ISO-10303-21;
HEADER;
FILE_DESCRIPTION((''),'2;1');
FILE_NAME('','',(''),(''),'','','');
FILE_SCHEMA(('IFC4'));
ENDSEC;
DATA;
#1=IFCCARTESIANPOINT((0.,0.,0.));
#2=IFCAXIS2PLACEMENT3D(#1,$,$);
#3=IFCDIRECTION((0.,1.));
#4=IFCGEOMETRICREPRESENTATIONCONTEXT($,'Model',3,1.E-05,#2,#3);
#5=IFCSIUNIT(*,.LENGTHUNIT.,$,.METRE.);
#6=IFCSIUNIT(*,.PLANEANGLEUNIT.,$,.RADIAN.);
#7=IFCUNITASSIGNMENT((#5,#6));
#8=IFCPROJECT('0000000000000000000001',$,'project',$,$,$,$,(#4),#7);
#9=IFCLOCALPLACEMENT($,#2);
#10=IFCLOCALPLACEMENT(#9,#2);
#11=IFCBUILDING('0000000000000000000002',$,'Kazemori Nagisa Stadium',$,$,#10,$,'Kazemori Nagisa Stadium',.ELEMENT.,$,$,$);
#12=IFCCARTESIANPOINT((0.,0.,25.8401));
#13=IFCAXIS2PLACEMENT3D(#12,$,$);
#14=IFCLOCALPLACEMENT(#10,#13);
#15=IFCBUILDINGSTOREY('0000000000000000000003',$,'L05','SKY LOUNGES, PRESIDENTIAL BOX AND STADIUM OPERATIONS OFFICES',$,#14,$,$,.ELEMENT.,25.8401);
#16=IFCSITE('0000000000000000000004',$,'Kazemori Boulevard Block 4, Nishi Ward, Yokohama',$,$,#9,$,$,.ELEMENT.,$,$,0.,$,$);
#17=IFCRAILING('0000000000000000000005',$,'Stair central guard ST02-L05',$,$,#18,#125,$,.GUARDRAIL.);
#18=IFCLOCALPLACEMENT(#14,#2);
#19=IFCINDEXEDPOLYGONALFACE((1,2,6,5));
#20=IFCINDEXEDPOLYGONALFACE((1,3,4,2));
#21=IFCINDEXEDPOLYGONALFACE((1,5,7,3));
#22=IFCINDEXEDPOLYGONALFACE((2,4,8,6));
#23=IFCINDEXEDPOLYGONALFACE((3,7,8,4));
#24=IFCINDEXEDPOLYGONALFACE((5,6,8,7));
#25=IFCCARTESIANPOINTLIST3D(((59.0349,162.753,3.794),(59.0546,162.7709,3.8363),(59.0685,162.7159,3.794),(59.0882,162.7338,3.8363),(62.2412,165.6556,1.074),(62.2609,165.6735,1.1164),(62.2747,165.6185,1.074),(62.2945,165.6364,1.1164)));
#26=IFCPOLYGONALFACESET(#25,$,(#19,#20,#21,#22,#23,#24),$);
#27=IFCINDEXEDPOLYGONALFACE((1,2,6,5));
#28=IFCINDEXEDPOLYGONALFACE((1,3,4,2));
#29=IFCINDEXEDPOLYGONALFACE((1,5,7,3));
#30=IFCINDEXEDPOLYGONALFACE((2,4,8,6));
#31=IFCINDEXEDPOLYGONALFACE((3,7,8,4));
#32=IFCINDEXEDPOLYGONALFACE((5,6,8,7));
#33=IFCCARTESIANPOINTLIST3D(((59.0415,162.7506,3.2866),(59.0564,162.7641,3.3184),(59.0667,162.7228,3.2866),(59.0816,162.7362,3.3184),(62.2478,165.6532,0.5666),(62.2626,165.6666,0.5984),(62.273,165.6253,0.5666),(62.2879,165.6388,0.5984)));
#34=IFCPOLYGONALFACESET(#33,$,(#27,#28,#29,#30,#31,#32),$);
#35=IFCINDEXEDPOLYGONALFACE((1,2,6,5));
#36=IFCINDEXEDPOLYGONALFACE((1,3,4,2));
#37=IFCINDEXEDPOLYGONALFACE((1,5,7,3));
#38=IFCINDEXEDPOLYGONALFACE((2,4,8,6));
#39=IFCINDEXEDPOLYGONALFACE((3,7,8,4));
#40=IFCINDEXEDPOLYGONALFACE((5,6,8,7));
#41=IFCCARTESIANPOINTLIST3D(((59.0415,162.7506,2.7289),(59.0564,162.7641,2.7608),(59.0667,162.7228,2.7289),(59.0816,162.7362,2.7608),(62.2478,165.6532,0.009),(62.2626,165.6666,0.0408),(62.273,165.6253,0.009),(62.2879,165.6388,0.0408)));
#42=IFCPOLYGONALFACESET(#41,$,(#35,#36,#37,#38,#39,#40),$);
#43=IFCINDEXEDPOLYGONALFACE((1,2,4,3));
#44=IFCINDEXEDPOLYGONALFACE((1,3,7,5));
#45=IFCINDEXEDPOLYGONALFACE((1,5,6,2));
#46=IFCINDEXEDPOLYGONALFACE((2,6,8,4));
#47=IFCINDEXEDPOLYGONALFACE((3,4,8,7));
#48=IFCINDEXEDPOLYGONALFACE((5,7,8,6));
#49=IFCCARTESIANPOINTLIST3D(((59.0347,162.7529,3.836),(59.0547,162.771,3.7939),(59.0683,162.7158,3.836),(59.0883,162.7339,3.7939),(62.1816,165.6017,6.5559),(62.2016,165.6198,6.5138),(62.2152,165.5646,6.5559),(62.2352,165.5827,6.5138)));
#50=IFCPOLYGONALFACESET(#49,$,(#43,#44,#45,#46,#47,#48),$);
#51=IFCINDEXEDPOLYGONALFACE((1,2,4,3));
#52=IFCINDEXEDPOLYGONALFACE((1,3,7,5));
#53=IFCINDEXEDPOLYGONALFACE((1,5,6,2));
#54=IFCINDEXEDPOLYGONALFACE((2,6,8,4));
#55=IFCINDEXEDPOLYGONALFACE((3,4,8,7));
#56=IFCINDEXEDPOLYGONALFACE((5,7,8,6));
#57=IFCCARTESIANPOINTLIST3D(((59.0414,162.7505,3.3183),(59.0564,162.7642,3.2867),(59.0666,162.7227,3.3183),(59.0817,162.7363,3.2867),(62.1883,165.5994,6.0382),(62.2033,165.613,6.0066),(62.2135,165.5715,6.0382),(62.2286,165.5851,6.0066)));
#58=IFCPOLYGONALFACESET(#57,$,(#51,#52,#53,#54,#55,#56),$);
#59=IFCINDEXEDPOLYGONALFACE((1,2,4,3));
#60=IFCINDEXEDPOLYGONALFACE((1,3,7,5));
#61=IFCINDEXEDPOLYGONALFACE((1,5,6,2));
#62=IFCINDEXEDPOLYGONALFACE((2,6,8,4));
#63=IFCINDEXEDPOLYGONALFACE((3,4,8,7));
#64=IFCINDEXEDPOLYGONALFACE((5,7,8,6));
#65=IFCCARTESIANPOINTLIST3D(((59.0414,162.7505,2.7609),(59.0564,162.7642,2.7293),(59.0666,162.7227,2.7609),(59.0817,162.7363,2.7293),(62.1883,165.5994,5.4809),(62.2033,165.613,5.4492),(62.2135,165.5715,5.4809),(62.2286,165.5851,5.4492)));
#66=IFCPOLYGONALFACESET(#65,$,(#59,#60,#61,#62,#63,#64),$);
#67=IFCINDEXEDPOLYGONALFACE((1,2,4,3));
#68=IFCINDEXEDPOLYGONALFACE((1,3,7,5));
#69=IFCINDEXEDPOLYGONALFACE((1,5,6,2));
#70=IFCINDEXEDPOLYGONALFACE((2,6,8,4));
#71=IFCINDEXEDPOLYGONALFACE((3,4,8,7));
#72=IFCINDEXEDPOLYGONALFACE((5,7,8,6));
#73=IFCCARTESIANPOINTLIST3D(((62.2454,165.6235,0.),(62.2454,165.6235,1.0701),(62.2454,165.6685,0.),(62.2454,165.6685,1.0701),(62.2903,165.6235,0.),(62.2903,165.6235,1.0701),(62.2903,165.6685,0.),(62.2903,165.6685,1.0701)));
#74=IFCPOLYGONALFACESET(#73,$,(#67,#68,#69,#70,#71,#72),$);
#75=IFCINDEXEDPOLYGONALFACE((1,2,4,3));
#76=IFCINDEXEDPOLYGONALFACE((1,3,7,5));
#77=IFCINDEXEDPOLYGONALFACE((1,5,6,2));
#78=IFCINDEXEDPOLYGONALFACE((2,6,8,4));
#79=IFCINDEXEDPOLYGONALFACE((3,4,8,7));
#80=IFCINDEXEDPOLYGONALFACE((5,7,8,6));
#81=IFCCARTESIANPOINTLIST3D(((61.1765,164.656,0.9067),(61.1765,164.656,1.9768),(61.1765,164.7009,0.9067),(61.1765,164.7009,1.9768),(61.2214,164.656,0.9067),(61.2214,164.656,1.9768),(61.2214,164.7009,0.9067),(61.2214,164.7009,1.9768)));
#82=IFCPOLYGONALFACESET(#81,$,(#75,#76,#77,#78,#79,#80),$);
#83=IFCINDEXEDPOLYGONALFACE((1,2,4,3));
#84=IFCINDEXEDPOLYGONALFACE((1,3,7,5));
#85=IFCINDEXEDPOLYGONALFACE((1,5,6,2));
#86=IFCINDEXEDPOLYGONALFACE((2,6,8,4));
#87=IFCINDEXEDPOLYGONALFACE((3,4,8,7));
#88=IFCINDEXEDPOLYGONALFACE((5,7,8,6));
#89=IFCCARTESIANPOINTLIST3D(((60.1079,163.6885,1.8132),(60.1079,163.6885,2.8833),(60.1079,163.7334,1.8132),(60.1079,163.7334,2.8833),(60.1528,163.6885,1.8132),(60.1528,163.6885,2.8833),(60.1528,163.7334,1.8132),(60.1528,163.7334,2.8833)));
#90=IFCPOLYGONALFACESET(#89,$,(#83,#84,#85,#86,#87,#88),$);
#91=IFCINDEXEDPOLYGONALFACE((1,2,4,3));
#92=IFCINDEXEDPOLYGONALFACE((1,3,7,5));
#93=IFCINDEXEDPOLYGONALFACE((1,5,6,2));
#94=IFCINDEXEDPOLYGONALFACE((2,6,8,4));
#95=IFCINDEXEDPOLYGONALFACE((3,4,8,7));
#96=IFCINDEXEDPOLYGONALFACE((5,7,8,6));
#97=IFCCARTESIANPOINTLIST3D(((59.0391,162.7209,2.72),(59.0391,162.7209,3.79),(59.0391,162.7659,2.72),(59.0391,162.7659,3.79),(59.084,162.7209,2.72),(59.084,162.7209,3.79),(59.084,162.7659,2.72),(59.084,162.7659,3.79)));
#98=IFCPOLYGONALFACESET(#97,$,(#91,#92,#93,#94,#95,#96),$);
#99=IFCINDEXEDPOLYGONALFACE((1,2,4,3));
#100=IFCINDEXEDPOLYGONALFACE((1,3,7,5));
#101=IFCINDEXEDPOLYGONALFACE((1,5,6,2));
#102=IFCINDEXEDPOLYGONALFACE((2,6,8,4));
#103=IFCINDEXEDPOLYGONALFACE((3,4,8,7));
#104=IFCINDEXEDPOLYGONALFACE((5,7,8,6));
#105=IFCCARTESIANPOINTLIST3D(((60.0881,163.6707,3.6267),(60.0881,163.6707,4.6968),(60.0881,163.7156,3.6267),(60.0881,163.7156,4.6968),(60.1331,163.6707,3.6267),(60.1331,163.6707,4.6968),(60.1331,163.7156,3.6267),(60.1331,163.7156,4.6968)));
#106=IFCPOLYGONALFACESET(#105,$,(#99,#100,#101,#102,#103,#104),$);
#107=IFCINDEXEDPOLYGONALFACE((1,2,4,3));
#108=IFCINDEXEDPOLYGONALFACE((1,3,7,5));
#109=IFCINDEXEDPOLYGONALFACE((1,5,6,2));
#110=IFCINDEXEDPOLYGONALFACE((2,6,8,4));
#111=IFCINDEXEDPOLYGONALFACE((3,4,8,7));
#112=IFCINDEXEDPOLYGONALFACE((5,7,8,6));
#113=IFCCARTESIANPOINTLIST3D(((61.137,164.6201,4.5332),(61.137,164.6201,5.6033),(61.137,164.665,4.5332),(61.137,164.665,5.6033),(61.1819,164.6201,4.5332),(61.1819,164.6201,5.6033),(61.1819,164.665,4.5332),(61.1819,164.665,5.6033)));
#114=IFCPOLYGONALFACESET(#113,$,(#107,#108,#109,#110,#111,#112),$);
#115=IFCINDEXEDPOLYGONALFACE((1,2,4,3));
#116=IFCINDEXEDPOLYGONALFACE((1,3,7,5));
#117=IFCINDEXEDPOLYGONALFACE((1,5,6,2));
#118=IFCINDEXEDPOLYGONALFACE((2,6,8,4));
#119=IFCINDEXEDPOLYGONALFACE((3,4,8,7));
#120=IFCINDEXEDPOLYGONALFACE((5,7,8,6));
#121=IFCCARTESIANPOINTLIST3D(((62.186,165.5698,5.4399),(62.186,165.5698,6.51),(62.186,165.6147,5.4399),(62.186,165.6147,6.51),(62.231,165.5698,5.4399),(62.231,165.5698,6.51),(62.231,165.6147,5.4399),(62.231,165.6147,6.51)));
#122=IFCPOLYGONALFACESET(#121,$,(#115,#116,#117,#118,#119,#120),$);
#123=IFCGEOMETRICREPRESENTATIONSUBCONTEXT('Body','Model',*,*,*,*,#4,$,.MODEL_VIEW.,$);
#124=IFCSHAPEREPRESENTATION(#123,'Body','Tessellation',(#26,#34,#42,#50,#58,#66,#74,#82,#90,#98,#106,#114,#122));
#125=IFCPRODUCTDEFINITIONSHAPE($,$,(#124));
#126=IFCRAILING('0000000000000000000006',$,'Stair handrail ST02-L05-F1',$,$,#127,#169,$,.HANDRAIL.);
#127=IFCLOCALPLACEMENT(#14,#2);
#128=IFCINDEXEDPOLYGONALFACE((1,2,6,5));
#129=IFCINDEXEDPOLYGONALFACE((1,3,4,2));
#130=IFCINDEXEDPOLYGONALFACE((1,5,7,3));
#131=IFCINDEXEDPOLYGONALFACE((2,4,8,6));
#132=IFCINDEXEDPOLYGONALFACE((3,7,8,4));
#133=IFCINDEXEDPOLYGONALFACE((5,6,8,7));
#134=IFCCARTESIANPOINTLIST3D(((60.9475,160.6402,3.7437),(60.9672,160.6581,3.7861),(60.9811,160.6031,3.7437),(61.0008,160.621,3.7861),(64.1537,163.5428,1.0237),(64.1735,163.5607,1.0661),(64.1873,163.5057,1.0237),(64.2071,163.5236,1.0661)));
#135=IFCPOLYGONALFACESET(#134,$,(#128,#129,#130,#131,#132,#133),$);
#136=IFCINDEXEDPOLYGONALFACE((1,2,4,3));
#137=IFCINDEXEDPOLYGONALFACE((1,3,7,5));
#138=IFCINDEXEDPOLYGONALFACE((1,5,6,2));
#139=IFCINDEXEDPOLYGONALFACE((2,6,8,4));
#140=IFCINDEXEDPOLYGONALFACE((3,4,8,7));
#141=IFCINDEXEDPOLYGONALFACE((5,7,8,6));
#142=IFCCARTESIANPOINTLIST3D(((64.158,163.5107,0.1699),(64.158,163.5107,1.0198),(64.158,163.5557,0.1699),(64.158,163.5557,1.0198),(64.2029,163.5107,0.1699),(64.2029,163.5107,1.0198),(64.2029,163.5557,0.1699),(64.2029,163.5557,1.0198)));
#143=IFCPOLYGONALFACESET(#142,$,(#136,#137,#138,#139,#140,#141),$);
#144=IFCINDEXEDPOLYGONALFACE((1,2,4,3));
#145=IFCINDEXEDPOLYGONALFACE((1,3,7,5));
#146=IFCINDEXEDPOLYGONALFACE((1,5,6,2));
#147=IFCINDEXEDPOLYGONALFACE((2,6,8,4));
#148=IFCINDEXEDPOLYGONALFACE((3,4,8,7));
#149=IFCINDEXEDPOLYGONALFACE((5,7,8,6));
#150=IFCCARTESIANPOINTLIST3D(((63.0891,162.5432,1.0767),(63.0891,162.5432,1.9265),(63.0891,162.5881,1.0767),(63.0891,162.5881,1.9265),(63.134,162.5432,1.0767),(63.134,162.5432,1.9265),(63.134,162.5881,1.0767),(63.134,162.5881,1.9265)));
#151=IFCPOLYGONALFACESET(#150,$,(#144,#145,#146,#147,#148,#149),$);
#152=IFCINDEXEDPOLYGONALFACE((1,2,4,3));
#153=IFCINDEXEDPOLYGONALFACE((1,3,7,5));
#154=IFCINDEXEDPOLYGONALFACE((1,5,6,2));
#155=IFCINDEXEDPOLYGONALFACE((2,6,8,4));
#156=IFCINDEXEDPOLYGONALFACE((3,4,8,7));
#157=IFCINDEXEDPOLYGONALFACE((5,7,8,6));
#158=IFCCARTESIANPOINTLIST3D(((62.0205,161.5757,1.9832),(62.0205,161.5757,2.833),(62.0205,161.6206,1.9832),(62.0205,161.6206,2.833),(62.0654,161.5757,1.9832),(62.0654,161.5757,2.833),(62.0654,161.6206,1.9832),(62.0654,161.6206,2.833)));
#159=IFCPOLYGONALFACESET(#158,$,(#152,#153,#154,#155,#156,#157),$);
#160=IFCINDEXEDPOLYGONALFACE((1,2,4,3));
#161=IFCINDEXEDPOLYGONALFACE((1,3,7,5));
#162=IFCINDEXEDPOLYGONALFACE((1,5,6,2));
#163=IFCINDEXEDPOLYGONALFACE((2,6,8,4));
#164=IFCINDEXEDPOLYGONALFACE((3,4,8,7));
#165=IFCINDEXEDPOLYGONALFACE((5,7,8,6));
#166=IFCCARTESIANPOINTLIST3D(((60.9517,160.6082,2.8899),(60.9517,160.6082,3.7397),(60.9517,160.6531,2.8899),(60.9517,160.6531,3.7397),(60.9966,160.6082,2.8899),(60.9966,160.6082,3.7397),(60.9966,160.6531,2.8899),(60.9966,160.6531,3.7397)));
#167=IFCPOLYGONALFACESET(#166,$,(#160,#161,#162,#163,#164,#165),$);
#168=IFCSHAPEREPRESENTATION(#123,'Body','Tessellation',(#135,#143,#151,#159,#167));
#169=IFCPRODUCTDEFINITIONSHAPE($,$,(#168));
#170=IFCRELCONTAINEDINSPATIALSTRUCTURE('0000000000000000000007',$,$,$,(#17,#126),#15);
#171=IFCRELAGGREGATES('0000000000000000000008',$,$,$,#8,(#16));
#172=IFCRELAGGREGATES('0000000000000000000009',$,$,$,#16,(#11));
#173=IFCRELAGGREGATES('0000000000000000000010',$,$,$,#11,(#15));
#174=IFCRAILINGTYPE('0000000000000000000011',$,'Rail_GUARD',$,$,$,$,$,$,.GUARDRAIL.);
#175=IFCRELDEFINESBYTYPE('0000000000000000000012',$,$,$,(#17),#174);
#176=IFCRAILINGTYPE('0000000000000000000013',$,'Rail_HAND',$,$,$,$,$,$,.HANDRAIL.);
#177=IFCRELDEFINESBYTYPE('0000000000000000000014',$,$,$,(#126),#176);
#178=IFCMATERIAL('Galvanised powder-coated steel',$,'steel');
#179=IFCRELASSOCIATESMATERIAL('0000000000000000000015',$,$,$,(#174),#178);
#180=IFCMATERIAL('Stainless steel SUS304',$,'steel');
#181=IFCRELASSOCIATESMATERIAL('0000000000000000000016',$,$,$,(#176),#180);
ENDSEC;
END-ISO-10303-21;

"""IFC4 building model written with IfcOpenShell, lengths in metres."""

from ifc_helpers import new_model, si_unit, direction, frame, origin, origin_2d, place, context, subcontext, project, spatial, rectangle, extrude, material, type_object, element, save


model = new_model("IFC4")

# Units and contexts
model_context = context("Model", 3, precision=1e-05, world=origin(), true_north=direction((0.0, 1.0)))
body_context = subcontext(model_context, "Body", "Model", "MODEL_VIEW")
ifc_project = project(units=[si_unit("LENGTHUNIT", "METRE"), si_unit("PLANEANGLEUNIT", "RADIAN")], contexts=[model_context])

# Site, building, storey
site_placement = place(None, origin())
site = spatial("IfcSite", under=ifc_project, at=site_placement, Name="Kazemori Boulevard Block 4, Nishi Ward, Yokohama", CompositionType="ELEMENT", RefElevation=0.0)
building_placement = place(site_placement, origin())
building = spatial("IfcBuilding", under=site, at=building_placement, Name="Kazemori Nagisa Stadium", LongName="Kazemori Nagisa Stadium", CompositionType="ELEMENT")
storey_placement = place(building_placement, frame((0.0, 0.0, 25.8401)))
storey = spatial("IfcBuildingStorey", under=building, at=storey_placement, Name="L05", Description="SKY LOUNGES, PRESIDENTIAL BOX AND STADIUM OPERATIONS OFFICES", CompositionType="ELEMENT", Elevation=25.8401)

# Railings
ifc_material_1 = material(Name="Galvanised powder-coated steel", Category="steel")
railing_type_1 = type_object("IfcRailingType", Name="Rail_GUARD", PredefinedType="GUARDRAIL", material=ifc_material_1)
railing_1_placement = place(storey_placement, frame((62.2678, 165.646, 0.0)))
element("IfcRailing", 1, at=railing_1_placement, inside=storey, type_object=railing_type_1, Name="Stair central guard ST02-L05", PredefinedType="GUARDRAIL", context=body_context, shape_type="SweptSolid", body=[
    extrude(rectangle(XDim=0.05, YDim=0.05, at=origin_2d()), frame((0.0, 0.0, 1.0952), z_axis=(-0.627558, -0.568113, 0.53237), x_axis=(0.671123, -0.741346, 0.0)), (0.0, 0.0, 1.0), 5.1091),
    extrude(rectangle(XDim=0.0376, YDim=0.0376, at=origin_2d()), frame((0.0, 0.0, 0.5825), z_axis=(-0.627558, -0.568113, 0.53237), x_axis=(0.671123, -0.741346, 0.0)), (0.0, 0.0, 1.0), 5.1091),
    extrude(rectangle(XDim=0.0376, YDim=0.0376, at=origin_2d()), frame((0.0, 0.0, 0.0249), z_axis=(-0.627558, -0.568113, 0.53237), x_axis=(0.671123, -0.741346, 0.0)), (0.0, 0.0, 1.0), 5.1091),
    extrude(rectangle(XDim=0.05, YDim=0.05, at=origin_2d()), frame((-3.2063, -2.9026, 3.8149), z_axis=(0.624201, 0.565073, 0.539505), x_axis=(-0.671123, 0.741346, 0.0)), (0.0, 0.0, 1.0), 5.0415),
    extrude(rectangle(XDim=0.0376, YDim=0.0376, at=origin_2d()), frame((-3.2063, -2.9026, 3.3025), z_axis=(0.624201, 0.565073, 0.539505), x_axis=(-0.671123, 0.741346, 0.0)), (0.0, 0.0, 1.0), 5.0415),
    extrude(rectangle(XDim=0.0376, YDim=0.0376, at=origin_2d()), frame((-3.2063, -2.9026, 2.7451), z_axis=(0.624201, 0.565073, 0.539505), x_axis=(-0.671123, 0.741346, 0.0)), (0.0, 0.0, 1.0), 5.0415),
    extrude(rectangle(XDim=0.0449, YDim=0.0449, at=origin_2d()), origin(), (0.0, 0.0, 1.0), 1.0701),
    extrude(rectangle(XDim=0.0449, YDim=0.0449, at=origin_2d()), frame((-1.0688, -0.9675, 0.9067)), (0.0, 0.0, 1.0), 1.0701),
    extrude(rectangle(XDim=0.0449, YDim=0.0449, at=origin_2d()), frame((-2.1375, -1.9351, 1.8132)), (0.0, 0.0, 1.0), 1.0701),
    extrude(rectangle(XDim=0.0449, YDim=0.0449, at=origin_2d()), frame((-3.2063, -2.9026, 2.72)), (0.0, 0.0, 1.0), 1.0701),
    extrude(rectangle(XDim=0.0449, YDim=0.0449, at=origin_2d()), frame((-2.1572, -1.9529, 3.6267)), (0.0, 0.0, 1.0), 1.0701),
    extrude(rectangle(XDim=0.0449, YDim=0.0449, at=origin_2d()), frame((-1.1084, -1.0034, 4.5332)), (0.0, 0.0, 1.0), 1.0701),
    extrude(rectangle(XDim=0.0449, YDim=0.0449, at=origin_2d()), frame((-0.0593, -0.0537, 5.4399)), (0.0, 0.0, 1.0), 1.0701),
])
ifc_material_2 = material(Name="Stainless steel SUS304", Category="steel")
railing_type_2 = type_object("IfcRailingType", Name="Rail_HAND", PredefinedType="HANDRAIL", material=ifc_material_2)
railing_2_placement = place(storey_placement, frame((64.1804, 163.5332, 0.1699)))
element("IfcRailing", 2, at=railing_2_placement, inside=storey, type_object=railing_type_2, Name="Stair handrail ST02-L05-F1", PredefinedType="HANDRAIL", context=body_context, shape_type="SweptSolid", body=[
    extrude(rectangle(XDim=0.05, YDim=0.05, at=origin_2d()), frame((0.0, 0.0, 0.875), z_axis=(-0.627558, -0.568113, 0.53237), x_axis=(0.671123, -0.741346, 0.0)), (0.0, 0.0, 1.0), 5.1091),
    extrude(rectangle(XDim=0.0449, YDim=0.0449, at=origin_2d()), origin(), (0.0, 0.0, 1.0), 0.8499),
    extrude(rectangle(XDim=0.0449, YDim=0.0449, at=origin_2d()), frame((-1.0688, -0.9675, 0.9067)), (0.0, 0.0, 1.0), 0.8499),
    extrude(rectangle(XDim=0.0449, YDim=0.0449, at=origin_2d()), frame((-2.1375, -1.9351, 1.8132)), (0.0, 0.0, 1.0), 0.8499),
    extrude(rectangle(XDim=0.0449, YDim=0.0449, at=origin_2d()), frame((-3.2063, -2.9026, 2.72)), (0.0, 0.0, 1.0), 0.8499),
])

save(model, "model.ifc")
